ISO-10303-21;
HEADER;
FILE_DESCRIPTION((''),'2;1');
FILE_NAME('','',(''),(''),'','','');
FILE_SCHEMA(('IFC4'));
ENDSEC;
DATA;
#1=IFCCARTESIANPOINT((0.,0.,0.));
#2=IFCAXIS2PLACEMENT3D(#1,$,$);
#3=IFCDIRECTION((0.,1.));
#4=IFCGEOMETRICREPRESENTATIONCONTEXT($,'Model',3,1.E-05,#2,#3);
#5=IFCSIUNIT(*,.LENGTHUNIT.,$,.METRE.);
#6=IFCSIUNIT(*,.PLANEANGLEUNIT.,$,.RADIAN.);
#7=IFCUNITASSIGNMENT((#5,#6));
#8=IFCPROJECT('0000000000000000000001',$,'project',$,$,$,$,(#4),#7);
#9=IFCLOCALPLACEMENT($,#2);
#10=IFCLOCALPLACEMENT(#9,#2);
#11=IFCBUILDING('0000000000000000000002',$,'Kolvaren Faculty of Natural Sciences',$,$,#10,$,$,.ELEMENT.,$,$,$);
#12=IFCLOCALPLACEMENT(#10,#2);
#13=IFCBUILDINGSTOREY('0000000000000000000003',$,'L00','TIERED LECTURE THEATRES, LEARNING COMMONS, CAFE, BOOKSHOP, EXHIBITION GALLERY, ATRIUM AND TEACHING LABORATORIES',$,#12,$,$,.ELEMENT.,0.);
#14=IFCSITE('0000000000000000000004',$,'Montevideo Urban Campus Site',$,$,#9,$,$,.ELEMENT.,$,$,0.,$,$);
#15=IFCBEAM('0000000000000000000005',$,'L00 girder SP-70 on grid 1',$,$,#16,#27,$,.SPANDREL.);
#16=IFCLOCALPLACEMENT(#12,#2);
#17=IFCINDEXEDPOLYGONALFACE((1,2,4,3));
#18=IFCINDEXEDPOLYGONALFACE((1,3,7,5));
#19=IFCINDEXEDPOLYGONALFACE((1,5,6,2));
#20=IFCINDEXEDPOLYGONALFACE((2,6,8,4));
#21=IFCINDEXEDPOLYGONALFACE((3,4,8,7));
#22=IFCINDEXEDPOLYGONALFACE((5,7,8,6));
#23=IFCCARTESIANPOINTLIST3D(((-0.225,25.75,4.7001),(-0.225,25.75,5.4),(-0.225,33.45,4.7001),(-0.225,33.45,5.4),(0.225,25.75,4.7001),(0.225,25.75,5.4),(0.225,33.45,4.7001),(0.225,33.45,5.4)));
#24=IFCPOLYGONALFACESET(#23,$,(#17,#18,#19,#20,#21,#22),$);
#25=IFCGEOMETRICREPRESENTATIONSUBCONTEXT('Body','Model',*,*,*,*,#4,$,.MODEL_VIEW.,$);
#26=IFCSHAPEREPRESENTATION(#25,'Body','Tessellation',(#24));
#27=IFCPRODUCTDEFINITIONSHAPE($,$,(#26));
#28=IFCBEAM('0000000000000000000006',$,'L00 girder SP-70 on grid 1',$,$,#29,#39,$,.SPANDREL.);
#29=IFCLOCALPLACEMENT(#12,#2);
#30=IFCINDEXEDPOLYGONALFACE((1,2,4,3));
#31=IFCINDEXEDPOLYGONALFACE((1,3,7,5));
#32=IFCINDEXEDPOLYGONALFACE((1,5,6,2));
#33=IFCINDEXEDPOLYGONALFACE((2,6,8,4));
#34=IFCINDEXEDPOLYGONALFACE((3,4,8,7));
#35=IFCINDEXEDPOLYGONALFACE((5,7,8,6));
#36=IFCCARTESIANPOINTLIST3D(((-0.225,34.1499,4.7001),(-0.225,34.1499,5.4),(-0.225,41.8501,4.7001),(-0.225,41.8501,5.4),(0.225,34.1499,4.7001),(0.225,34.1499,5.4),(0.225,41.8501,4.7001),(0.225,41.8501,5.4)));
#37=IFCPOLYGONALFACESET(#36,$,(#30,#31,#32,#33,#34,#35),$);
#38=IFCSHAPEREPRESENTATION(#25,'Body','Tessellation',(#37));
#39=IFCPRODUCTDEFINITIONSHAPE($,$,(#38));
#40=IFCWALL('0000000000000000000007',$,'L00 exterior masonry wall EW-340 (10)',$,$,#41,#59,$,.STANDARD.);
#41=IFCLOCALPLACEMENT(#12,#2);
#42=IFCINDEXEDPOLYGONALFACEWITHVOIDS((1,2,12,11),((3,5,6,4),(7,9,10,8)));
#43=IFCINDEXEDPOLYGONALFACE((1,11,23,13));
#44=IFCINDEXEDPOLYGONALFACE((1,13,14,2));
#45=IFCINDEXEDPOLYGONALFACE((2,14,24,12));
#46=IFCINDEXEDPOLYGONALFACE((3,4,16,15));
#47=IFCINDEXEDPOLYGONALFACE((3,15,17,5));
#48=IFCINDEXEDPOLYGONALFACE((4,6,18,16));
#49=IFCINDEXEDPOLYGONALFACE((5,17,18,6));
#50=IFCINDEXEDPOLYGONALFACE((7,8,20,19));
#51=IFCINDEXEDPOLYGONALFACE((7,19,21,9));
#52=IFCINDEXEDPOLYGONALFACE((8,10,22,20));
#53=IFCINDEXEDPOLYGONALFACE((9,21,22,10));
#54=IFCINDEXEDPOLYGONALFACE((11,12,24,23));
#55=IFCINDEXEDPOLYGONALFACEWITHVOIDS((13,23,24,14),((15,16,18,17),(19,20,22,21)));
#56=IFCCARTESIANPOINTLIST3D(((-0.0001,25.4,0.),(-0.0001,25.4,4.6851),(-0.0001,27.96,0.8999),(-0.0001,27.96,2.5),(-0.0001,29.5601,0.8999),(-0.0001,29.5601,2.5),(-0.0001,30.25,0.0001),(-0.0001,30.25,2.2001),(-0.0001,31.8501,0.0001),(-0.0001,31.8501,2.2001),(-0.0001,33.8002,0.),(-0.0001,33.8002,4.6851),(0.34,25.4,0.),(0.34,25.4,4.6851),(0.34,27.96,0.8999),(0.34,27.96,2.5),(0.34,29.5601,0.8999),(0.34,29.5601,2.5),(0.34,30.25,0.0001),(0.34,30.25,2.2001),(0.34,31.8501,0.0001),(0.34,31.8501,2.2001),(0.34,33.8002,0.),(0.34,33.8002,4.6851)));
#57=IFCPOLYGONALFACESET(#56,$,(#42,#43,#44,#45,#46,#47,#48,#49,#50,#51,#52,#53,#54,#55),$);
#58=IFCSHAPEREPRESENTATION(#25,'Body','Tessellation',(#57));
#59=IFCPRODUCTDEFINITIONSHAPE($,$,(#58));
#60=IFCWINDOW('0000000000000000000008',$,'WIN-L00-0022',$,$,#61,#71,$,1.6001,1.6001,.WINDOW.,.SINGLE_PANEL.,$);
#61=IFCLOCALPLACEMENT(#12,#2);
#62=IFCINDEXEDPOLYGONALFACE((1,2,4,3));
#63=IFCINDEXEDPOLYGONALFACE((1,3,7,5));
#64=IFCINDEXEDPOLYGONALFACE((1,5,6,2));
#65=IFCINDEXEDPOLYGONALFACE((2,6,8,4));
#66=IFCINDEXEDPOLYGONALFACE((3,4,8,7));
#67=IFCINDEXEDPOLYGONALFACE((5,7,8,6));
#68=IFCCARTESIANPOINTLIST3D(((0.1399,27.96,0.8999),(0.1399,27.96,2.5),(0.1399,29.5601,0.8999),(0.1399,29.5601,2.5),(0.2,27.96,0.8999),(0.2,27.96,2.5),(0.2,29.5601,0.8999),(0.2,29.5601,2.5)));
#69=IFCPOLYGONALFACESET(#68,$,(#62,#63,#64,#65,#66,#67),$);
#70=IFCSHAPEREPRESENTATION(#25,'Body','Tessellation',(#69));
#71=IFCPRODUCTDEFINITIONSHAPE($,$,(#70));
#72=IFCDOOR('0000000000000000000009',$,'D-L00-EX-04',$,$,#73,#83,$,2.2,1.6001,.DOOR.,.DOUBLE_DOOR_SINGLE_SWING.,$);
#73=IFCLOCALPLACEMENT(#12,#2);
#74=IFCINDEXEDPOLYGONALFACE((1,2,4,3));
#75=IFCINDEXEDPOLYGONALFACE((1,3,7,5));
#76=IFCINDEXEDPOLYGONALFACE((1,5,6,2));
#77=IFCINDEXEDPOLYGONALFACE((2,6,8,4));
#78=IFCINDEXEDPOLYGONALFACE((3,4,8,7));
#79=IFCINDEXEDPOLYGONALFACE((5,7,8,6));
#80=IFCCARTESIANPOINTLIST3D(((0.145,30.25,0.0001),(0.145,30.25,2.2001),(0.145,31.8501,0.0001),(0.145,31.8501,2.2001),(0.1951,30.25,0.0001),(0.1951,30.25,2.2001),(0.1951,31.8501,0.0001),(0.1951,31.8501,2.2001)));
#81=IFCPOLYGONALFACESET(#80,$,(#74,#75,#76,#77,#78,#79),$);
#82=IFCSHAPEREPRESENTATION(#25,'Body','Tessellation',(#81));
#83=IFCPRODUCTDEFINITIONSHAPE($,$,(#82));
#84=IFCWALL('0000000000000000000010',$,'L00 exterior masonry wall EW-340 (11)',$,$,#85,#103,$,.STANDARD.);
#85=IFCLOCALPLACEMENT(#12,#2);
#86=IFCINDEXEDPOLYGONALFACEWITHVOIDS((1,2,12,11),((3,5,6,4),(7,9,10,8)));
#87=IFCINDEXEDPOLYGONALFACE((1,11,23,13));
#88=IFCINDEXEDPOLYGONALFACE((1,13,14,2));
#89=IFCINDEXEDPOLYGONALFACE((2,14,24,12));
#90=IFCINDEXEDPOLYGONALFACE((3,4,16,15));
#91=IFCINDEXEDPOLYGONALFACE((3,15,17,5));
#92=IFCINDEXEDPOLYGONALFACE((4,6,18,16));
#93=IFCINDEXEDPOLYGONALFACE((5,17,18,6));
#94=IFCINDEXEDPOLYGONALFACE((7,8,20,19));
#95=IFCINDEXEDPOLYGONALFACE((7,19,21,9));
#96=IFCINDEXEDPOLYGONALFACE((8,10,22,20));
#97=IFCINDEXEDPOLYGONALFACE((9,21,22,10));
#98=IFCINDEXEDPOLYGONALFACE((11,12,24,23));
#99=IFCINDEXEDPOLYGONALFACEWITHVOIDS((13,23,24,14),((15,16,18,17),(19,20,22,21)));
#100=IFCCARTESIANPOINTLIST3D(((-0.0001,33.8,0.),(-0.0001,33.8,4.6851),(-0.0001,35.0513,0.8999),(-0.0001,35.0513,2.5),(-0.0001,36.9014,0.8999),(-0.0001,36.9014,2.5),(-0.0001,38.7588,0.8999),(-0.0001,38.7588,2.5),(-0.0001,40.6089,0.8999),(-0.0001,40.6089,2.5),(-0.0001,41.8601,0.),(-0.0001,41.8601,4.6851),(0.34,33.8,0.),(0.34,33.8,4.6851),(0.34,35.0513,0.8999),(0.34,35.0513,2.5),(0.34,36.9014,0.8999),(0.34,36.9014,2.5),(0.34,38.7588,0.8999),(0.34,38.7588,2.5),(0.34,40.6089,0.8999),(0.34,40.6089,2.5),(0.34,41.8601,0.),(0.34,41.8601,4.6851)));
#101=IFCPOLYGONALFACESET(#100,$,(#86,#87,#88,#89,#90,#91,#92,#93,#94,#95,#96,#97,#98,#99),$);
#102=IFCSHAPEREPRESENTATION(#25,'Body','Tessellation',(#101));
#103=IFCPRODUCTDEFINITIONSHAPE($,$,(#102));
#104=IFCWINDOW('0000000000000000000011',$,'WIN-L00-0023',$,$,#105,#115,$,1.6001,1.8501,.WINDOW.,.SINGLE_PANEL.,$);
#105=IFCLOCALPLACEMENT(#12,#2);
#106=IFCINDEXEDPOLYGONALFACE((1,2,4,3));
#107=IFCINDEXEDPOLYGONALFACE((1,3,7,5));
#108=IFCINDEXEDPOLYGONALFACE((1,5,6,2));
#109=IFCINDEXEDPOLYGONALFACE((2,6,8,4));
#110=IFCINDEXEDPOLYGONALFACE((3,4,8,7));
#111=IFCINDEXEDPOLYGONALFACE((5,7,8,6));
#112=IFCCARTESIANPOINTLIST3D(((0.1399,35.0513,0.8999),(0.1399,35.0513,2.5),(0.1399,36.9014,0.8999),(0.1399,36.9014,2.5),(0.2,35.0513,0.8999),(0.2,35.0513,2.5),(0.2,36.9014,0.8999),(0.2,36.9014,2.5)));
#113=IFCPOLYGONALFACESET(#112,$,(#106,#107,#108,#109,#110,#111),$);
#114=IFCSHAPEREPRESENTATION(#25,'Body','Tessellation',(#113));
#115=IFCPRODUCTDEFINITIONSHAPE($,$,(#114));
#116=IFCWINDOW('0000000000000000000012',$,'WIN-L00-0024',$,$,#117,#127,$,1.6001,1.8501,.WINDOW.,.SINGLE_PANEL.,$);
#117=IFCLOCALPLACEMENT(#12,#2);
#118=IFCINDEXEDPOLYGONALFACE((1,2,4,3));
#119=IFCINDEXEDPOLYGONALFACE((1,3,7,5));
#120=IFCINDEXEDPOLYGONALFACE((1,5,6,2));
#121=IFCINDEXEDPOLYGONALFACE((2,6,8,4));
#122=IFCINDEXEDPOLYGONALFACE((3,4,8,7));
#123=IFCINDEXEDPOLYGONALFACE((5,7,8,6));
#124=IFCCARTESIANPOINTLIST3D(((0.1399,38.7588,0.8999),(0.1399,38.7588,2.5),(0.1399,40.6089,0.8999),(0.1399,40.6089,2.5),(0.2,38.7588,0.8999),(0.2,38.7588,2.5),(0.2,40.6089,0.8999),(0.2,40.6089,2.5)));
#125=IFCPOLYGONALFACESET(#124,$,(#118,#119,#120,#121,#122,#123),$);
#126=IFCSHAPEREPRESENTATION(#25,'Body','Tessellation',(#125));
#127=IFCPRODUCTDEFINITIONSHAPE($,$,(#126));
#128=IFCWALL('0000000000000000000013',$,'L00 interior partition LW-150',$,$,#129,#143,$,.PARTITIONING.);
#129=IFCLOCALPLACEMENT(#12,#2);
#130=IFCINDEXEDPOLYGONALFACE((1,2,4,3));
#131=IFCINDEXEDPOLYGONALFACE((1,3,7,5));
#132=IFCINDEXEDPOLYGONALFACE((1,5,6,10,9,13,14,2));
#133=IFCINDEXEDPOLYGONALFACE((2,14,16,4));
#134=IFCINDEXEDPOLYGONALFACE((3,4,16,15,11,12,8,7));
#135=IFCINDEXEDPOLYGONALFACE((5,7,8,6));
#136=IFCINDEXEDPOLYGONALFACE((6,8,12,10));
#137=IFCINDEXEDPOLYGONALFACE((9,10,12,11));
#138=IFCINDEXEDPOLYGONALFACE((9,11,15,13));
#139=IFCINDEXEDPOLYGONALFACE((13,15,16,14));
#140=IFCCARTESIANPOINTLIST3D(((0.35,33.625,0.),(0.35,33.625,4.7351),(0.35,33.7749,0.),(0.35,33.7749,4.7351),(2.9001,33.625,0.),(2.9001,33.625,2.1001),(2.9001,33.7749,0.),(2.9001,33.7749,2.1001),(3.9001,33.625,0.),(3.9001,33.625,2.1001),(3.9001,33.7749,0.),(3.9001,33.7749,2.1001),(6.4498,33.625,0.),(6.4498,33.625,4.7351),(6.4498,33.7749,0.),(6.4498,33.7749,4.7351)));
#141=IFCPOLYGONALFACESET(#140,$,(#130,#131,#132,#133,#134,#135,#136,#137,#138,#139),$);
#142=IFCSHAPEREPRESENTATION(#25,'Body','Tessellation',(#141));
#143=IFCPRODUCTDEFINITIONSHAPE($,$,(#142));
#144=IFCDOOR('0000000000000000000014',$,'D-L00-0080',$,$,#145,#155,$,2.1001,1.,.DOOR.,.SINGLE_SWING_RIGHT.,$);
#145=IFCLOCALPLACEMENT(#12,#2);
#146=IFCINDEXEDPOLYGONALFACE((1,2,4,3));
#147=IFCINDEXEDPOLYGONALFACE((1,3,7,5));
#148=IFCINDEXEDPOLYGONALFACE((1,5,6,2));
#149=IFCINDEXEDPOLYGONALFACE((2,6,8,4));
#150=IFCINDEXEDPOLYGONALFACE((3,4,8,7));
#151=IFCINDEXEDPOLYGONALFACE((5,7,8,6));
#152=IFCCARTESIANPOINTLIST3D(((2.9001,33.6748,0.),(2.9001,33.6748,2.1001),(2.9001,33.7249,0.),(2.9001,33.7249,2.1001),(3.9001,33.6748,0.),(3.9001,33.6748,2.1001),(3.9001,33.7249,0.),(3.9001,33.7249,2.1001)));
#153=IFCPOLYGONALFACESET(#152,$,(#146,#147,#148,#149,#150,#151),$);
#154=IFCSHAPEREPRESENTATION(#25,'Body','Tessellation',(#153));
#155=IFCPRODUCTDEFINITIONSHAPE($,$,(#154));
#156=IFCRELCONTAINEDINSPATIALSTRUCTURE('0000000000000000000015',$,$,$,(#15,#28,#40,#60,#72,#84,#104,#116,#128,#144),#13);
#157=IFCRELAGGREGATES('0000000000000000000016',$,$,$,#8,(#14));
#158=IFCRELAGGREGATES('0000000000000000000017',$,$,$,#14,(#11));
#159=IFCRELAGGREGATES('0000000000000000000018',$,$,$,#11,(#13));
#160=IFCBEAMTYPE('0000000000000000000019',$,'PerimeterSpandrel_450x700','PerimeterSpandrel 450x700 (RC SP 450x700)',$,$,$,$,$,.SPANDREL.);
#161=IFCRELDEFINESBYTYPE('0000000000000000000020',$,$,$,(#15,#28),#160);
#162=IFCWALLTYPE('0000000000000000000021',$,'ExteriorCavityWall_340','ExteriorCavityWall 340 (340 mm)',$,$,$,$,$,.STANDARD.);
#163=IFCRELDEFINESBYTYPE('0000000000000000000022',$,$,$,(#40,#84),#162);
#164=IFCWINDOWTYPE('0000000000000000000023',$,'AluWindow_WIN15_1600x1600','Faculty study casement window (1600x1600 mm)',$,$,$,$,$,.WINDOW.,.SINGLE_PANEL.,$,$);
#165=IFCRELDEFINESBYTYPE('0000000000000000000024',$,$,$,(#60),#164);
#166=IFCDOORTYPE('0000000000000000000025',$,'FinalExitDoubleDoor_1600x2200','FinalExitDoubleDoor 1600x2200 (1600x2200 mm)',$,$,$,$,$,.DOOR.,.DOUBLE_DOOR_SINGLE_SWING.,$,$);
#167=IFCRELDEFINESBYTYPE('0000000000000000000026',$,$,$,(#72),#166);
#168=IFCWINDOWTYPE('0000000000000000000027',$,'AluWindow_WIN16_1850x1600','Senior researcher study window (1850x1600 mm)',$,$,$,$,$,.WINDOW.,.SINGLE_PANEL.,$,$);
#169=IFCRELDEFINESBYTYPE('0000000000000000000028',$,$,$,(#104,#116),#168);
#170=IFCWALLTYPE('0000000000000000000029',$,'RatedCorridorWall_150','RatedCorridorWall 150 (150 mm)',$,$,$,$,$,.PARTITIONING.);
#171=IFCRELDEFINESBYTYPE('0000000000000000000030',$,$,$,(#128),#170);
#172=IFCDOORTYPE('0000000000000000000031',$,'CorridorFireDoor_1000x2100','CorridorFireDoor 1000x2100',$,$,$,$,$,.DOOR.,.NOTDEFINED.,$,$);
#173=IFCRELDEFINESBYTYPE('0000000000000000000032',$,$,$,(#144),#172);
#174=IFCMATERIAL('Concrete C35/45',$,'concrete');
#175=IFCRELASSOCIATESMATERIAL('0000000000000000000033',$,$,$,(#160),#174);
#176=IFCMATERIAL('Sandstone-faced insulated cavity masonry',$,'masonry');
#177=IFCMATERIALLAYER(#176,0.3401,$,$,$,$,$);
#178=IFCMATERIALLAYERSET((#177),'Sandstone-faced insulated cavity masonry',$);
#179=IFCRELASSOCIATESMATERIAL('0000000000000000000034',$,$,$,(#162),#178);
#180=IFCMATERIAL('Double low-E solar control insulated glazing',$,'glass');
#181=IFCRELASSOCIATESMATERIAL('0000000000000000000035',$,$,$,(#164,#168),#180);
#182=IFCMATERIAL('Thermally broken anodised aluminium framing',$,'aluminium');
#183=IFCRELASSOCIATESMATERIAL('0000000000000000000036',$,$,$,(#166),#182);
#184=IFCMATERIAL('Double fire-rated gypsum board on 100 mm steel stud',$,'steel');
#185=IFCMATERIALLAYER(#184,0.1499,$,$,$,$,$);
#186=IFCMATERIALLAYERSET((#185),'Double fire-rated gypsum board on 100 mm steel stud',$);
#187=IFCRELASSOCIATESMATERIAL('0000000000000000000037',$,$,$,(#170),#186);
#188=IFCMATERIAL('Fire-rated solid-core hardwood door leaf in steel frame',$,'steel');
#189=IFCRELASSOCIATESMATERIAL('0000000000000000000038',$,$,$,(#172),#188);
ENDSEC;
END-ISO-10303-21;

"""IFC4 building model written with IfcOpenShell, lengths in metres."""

from ifc_helpers import new_model, si_unit, direction, frame, frame_2d, origin, origin_2d, place, context, subcontext, project, spatial, rectangle, extrude, material, layer, layer_set, material_profile, profile_set, type_object, element, fill, save


model = new_model("IFC4")

# Units and contexts
model_context = context("Model", 3, precision=1e-05, world=origin(), true_north=direction((0.0, 1.0)))
body_context = subcontext(model_context, "Body", "Model", "MODEL_VIEW")
ifc_project = project(units=[si_unit("LENGTHUNIT", "METRE"), si_unit("PLANEANGLEUNIT", "RADIAN")], contexts=[model_context])

# Site, building, storey
site_placement = place(None, origin())
site = spatial("IfcSite", under=ifc_project, at=site_placement, Name="Montevideo Urban Campus Site", CompositionType="ELEMENT", RefElevation=0.0)
building_placement = place(site_placement, origin())
building = spatial("IfcBuilding", under=site, at=building_placement, Name="Kolvaren Faculty of Natural Sciences", CompositionType="ELEMENT")
storey_placement = place(building_placement, origin())
storey = spatial("IfcBuildingStorey", under=building, at=storey_placement, Name="L00", Description="TIERED LECTURE THEATRES, LEARNING COMMONS, CAFE, BOOKSHOP, EXHIBITION GALLERY, ATRIUM AND TEACHING LABORATORIES", CompositionType="ELEMENT", Elevation=0.0)

# Shared definitions
ifc_material_1 = material(Name="Concrete C35/45", Category="concrete")

# Beams
ifc_material_profile_1 = material_profile(ifc_material_1, rectangle(XDim=0.45, YDim=0.7, at=origin_2d()), Name="RC SP 450x700")
ifc_profile_set_1 = profile_set([ifc_material_profile_1], Name="Concrete C35/45")
beam_type_1 = type_object("IfcBeamType", Name="PerimeterSpandrel_450x700", Description="PerimeterSpandrel 450x700 (RC SP 450x700)", PredefinedType="SPANDREL", material=ifc_profile_set_1)
beam_1_placement = place(storey_placement, frame((0.0, 25.75, 5.05), z_axis=(0.0, 1.0, 0.0), x_axis=(-1.0, 0.0, 0.0)))
element("IfcBeam", 1, at=beam_1_placement, inside=storey, type_object=beam_type_1, Name="L00 girder SP-70 on grid 1", PredefinedType="SPANDREL", context=body_context, shape_type="SweptSolid", body=[
    extrude(rectangle(XDim=0.45, YDim=0.7, at=origin_2d()), origin(), (0.0, 0.0, 1.0), 7.7),
])
beam_2_placement = place(storey_placement, frame((0.0, 34.1499, 5.05), z_axis=(0.0, 1.0, 0.0), x_axis=(-1.0, 0.0, 0.0)))
element("IfcBeam", 2, at=beam_2_placement, inside=storey, type_object=beam_type_1, Name="L00 girder SP-70 on grid 1", PredefinedType="SPANDREL", context=body_context, shape_type="SweptSolid", body=[
    extrude(rectangle(XDim=0.45, YDim=0.7, at=origin_2d()), origin(), (0.0, 0.0, 1.0), 7.7002),
])

# Wall, openings, window, door
ifc_material_2 = material(Name="Sandstone-faced insulated cavity masonry", Category="masonry")
ifc_layer_1 = layer(ifc_material_2, 0.3401)
ifc_layer_set_1 = layer_set([ifc_layer_1], Name="Sandstone-faced insulated cavity masonry")
wall_type_1 = type_object("IfcWallType", Name="ExteriorCavityWall_340", Description="ExteriorCavityWall 340 (340 mm)", PredefinedType="STANDARD", material=ifc_layer_set_1)
wall_1_placement = place(storey_placement, frame((0.1699, 25.3999, 0.0), z_axis=(0.0, 0.0, 1.0), x_axis=(0.0, 1.0, 0.0)))
wall_1 = element("IfcWall", 3, at=wall_1_placement, inside=storey, type_object=wall_type_1, Name="L00 exterior masonry wall EW-340 (10)", PredefinedType="STANDARD", context=body_context, shape_type="SweptSolid", body=[
    extrude(rectangle(XDim=8.4001, YDim=0.3401, at=frame_2d((4.2002, 0.0))), origin(), (0.0, 0.0, 1.0), 4.6851),
])
opening_1_placement = place(wall_1_placement, frame((4.8501, 0.0, 0.0)))
opening_1 = element("IfcOpeningElement", 4, at=opening_1_placement, cuts=wall_1, PredefinedType="OPENING", context=body_context, shape_type="SweptSolid", body=[
    extrude(rectangle(XDim=1.6001, YDim=2.2, at=frame_2d((0.8, 1.1001))), frame((0.0, 0.1799, 0.0), z_axis=(0.0, -1.0, 0.0), x_axis=(1.0, 0.0, 0.0)), (0.0, 0.0, 1.0), 0.3601),
])
opening_2_placement = place(wall_1_placement, frame((2.5601, 0.0, 0.8999)))
opening_2 = element("IfcOpeningElement", 5, at=opening_2_placement, cuts=wall_1, PredefinedType="OPENING", context=body_context, shape_type="SweptSolid", body=[
    extrude(rectangle(XDim=1.6001, YDim=1.6001, at=frame_2d((0.8, 0.8))), frame((0.0, 0.1799, 0.0), z_axis=(0.0, -1.0, 0.0), x_axis=(1.0, 0.0, 0.0)), (0.0, 0.0, 1.0), 0.3601),
])
ifc_material_3 = material(Name="Double low-E solar control insulated glazing", Category="glass")
window_type_1 = type_object("IfcWindowType", Name="AluWindow_WIN15_1600x1600", Description="Faculty study casement window (1600x1600 mm)", PartitioningType="SINGLE_PANEL", PredefinedType="WINDOW", material=ifc_material_3)
window_1_placement = place(opening_2_placement, origin())
window_1 = element("IfcWindow", 6, at=window_1_placement, inside=storey, type_object=window_type_1, Name="WIN-L00-0022", OverallHeight=1.6001, OverallWidth=1.6001, PartitioningType="SINGLE_PANEL", PredefinedType="WINDOW", context=body_context, shape_type="SweptSolid", body=[
    extrude(rectangle(XDim=1.6001, YDim=1.6001, at=frame_2d((0.8, 0.8))), frame((0.0, 0.03, 0.0), z_axis=(0.0, -1.0, 0.0), x_axis=(1.0, 0.0, 0.0)), (0.0, 0.0, 1.0), 0.0601),
])
fill(opening_2, window_1)
ifc_material_4 = material(Name="Thermally broken anodised aluminium framing", Category="aluminium")
door_type_1 = type_object("IfcDoorType", Name="FinalExitDoubleDoor_1600x2200", Description="FinalExitDoubleDoor 1600x2200 (1600x2200 mm)", OperationType="DOUBLE_DOOR_SINGLE_SWING", PredefinedType="DOOR", material=ifc_material_4)
door_1_placement = place(opening_1_placement, origin())
door_1 = element("IfcDoor", 7, at=door_1_placement, inside=storey, type_object=door_type_1, Name="D-L00-EX-04", OperationType="DOUBLE_DOOR_SINGLE_SWING", OverallHeight=2.2, OverallWidth=1.6001, PredefinedType="DOOR", context=body_context, shape_type="SweptSolid", body=[
    extrude(rectangle(XDim=1.6001, YDim=2.2, at=frame_2d((0.8, 1.1001))), frame((0.0, 0.0249, 0.0), z_axis=(0.0, -1.0, 0.0), x_axis=(1.0, 0.0, 0.0)), (0.0, 0.0, 1.0), 0.05),
])
fill(opening_1, door_1)

# Wall, openings, windows
wall_2_placement = place(storey_placement, frame((0.1699, 33.8, 0.0), z_axis=(0.0, 0.0, 1.0), x_axis=(0.0, 1.0, 0.0)))
wall_2 = element("IfcWall", 8, at=wall_2_placement, inside=storey, type_object=wall_type_1, Name="L00 exterior masonry wall EW-340 (11)", PredefinedType="STANDARD", context=body_context, shape_type="SweptSolid", body=[
    extrude(rectangle(XDim=8.0601, YDim=0.3401, at=frame_2d((4.03, 0.0))), origin(), (0.0, 0.0, 1.0), 4.6851),
])
opening_3_placement = place(wall_2_placement, frame((1.2512, 0.0, 0.8999)))
opening_3 = element("IfcOpeningElement", 9, at=opening_3_placement, cuts=wall_2, PredefinedType="OPENING", context=body_context, shape_type="SweptSolid", body=[
    extrude(rectangle(XDim=1.8501, YDim=1.6001, at=frame_2d((0.925, 0.8))), frame((0.0, 0.1799, 0.0), z_axis=(0.0, -1.0, 0.0), x_axis=(1.0, 0.0, 0.0)), (0.0, 0.0, 1.0), 0.3601),
])
opening_4_placement = place(wall_2_placement, frame((4.9587, 0.0, 0.8999)))
opening_4 = element("IfcOpeningElement", 10, at=opening_4_placement, cuts=wall_2, PredefinedType="OPENING", context=body_context, shape_type="SweptSolid", body=[
    extrude(rectangle(XDim=1.8501, YDim=1.6001, at=frame_2d((0.925, 0.8))), frame((0.0, 0.1799, 0.0), z_axis=(0.0, -1.0, 0.0), x_axis=(1.0, 0.0, 0.0)), (0.0, 0.0, 1.0), 0.3601),
])
window_type_2 = type_object("IfcWindowType", Name="AluWindow_WIN16_1850x1600", Description="Senior researcher study window (1850x1600 mm)", PartitioningType="SINGLE_PANEL", PredefinedType="WINDOW", material=ifc_material_3)
window_2_placement = place(opening_3_placement, origin())
window_2 = element("IfcWindow", 11, at=window_2_placement, inside=storey, type_object=window_type_2, Name="WIN-L00-0023", OverallHeight=1.6001, OverallWidth=1.8501, PartitioningType="SINGLE_PANEL", PredefinedType="WINDOW", context=body_context, shape_type="SweptSolid", body=[
    extrude(rectangle(XDim=1.8501, YDim=1.6001, at=frame_2d((0.925, 0.8))), frame((0.0, 0.03, 0.0), z_axis=(0.0, -1.0, 0.0), x_axis=(1.0, 0.0, 0.0)), (0.0, 0.0, 1.0), 0.0601),
])
fill(opening_3, window_2)
window_3_placement = place(opening_4_placement, origin())
window_3 = element("IfcWindow", 12, at=window_3_placement, inside=storey, type_object=window_type_2, Name="WIN-L00-0024", OverallHeight=1.6001, OverallWidth=1.8501, PartitioningType="SINGLE_PANEL", PredefinedType="WINDOW", context=body_context, shape_type="SweptSolid", body=[
    extrude(rectangle(XDim=1.8501, YDim=1.6001, at=frame_2d((0.925, 0.8))), frame((0.0, 0.03, 0.0), z_axis=(0.0, -1.0, 0.0), x_axis=(1.0, 0.0, 0.0)), (0.0, 0.0, 1.0), 0.0601),
])
fill(opening_4, window_3)

# Wall, opening, door
ifc_material_5 = material(Name="Double fire-rated gypsum board on 100 mm steel stud", Category="steel")
ifc_layer_2 = layer(ifc_material_5, 0.1499)
ifc_layer_set_2 = layer_set([ifc_layer_2], Name="Double fire-rated gypsum board on 100 mm steel stud")
wall_type_2 = type_object("IfcWallType", Name="RatedCorridorWall_150", Description="RatedCorridorWall 150 (150 mm)", PredefinedType="PARTITIONING", material=ifc_layer_set_2)
wall_3_placement = place(storey_placement, frame((0.3501, 33.7, 0.0), z_axis=(0.0, 0.0, 1.0), x_axis=(1.0, 0.0, 0.0)))
wall_3 = element("IfcWall", 13, at=wall_3_placement, inside=storey, type_object=wall_type_2, Name="L00 interior partition LW-150", PredefinedType="PARTITIONING", context=body_context, shape_type="SweptSolid", body=[
    extrude(rectangle(XDim=6.0999, YDim=0.1499, at=frame_2d((3.0498, 0.0))), origin(), (0.0, 0.0, 1.0), 4.7351),
])
opening_5_placement = place(wall_3_placement, frame((2.55, 0.0, 0.0)))
opening_5 = element("IfcOpeningElement", 14, at=opening_5_placement, cuts=wall_3, PredefinedType="OPENING", context=body_context, shape_type="SweptSolid", body=[
    extrude(rectangle(XDim=1.0, YDim=2.1001, at=frame_2d((0.5, 1.05))), frame((0.0, 0.085, 0.0), z_axis=(0.0, -1.0, 0.0), x_axis=(1.0, 0.0, 0.0)), (0.0, 0.0, 1.0), 0.1699),
])
ifc_material_6 = material(Name="Fire-rated solid-core hardwood door leaf in steel frame", Category="steel")
door_type_2 = type_object("IfcDoorType", Name="CorridorFireDoor_1000x2100", Description="CorridorFireDoor 1000x2100", OperationType="NOTDEFINED", PredefinedType="DOOR", material=ifc_material_6)
door_2_placement = place(opening_5_placement, origin())
door_2 = element("IfcDoor", 15, at=door_2_placement, inside=storey, type_object=door_type_2, Name="D-L00-0080", OperationType="SINGLE_SWING_RIGHT", OverallHeight=2.1001, OverallWidth=1.0, PredefinedType="DOOR", context=body_context, shape_type="SweptSolid", body=[
    extrude(rectangle(XDim=1.0, YDim=2.1001, at=frame_2d((0.5, 1.05))), frame((0.0, 0.0249, 0.0), z_axis=(0.0, -1.0, 0.0), x_axis=(1.0, 0.0, 0.0)), (0.0, 0.0, 1.0), 0.05),
])
fill(opening_5, door_2)

save(model, "model.ifc")
